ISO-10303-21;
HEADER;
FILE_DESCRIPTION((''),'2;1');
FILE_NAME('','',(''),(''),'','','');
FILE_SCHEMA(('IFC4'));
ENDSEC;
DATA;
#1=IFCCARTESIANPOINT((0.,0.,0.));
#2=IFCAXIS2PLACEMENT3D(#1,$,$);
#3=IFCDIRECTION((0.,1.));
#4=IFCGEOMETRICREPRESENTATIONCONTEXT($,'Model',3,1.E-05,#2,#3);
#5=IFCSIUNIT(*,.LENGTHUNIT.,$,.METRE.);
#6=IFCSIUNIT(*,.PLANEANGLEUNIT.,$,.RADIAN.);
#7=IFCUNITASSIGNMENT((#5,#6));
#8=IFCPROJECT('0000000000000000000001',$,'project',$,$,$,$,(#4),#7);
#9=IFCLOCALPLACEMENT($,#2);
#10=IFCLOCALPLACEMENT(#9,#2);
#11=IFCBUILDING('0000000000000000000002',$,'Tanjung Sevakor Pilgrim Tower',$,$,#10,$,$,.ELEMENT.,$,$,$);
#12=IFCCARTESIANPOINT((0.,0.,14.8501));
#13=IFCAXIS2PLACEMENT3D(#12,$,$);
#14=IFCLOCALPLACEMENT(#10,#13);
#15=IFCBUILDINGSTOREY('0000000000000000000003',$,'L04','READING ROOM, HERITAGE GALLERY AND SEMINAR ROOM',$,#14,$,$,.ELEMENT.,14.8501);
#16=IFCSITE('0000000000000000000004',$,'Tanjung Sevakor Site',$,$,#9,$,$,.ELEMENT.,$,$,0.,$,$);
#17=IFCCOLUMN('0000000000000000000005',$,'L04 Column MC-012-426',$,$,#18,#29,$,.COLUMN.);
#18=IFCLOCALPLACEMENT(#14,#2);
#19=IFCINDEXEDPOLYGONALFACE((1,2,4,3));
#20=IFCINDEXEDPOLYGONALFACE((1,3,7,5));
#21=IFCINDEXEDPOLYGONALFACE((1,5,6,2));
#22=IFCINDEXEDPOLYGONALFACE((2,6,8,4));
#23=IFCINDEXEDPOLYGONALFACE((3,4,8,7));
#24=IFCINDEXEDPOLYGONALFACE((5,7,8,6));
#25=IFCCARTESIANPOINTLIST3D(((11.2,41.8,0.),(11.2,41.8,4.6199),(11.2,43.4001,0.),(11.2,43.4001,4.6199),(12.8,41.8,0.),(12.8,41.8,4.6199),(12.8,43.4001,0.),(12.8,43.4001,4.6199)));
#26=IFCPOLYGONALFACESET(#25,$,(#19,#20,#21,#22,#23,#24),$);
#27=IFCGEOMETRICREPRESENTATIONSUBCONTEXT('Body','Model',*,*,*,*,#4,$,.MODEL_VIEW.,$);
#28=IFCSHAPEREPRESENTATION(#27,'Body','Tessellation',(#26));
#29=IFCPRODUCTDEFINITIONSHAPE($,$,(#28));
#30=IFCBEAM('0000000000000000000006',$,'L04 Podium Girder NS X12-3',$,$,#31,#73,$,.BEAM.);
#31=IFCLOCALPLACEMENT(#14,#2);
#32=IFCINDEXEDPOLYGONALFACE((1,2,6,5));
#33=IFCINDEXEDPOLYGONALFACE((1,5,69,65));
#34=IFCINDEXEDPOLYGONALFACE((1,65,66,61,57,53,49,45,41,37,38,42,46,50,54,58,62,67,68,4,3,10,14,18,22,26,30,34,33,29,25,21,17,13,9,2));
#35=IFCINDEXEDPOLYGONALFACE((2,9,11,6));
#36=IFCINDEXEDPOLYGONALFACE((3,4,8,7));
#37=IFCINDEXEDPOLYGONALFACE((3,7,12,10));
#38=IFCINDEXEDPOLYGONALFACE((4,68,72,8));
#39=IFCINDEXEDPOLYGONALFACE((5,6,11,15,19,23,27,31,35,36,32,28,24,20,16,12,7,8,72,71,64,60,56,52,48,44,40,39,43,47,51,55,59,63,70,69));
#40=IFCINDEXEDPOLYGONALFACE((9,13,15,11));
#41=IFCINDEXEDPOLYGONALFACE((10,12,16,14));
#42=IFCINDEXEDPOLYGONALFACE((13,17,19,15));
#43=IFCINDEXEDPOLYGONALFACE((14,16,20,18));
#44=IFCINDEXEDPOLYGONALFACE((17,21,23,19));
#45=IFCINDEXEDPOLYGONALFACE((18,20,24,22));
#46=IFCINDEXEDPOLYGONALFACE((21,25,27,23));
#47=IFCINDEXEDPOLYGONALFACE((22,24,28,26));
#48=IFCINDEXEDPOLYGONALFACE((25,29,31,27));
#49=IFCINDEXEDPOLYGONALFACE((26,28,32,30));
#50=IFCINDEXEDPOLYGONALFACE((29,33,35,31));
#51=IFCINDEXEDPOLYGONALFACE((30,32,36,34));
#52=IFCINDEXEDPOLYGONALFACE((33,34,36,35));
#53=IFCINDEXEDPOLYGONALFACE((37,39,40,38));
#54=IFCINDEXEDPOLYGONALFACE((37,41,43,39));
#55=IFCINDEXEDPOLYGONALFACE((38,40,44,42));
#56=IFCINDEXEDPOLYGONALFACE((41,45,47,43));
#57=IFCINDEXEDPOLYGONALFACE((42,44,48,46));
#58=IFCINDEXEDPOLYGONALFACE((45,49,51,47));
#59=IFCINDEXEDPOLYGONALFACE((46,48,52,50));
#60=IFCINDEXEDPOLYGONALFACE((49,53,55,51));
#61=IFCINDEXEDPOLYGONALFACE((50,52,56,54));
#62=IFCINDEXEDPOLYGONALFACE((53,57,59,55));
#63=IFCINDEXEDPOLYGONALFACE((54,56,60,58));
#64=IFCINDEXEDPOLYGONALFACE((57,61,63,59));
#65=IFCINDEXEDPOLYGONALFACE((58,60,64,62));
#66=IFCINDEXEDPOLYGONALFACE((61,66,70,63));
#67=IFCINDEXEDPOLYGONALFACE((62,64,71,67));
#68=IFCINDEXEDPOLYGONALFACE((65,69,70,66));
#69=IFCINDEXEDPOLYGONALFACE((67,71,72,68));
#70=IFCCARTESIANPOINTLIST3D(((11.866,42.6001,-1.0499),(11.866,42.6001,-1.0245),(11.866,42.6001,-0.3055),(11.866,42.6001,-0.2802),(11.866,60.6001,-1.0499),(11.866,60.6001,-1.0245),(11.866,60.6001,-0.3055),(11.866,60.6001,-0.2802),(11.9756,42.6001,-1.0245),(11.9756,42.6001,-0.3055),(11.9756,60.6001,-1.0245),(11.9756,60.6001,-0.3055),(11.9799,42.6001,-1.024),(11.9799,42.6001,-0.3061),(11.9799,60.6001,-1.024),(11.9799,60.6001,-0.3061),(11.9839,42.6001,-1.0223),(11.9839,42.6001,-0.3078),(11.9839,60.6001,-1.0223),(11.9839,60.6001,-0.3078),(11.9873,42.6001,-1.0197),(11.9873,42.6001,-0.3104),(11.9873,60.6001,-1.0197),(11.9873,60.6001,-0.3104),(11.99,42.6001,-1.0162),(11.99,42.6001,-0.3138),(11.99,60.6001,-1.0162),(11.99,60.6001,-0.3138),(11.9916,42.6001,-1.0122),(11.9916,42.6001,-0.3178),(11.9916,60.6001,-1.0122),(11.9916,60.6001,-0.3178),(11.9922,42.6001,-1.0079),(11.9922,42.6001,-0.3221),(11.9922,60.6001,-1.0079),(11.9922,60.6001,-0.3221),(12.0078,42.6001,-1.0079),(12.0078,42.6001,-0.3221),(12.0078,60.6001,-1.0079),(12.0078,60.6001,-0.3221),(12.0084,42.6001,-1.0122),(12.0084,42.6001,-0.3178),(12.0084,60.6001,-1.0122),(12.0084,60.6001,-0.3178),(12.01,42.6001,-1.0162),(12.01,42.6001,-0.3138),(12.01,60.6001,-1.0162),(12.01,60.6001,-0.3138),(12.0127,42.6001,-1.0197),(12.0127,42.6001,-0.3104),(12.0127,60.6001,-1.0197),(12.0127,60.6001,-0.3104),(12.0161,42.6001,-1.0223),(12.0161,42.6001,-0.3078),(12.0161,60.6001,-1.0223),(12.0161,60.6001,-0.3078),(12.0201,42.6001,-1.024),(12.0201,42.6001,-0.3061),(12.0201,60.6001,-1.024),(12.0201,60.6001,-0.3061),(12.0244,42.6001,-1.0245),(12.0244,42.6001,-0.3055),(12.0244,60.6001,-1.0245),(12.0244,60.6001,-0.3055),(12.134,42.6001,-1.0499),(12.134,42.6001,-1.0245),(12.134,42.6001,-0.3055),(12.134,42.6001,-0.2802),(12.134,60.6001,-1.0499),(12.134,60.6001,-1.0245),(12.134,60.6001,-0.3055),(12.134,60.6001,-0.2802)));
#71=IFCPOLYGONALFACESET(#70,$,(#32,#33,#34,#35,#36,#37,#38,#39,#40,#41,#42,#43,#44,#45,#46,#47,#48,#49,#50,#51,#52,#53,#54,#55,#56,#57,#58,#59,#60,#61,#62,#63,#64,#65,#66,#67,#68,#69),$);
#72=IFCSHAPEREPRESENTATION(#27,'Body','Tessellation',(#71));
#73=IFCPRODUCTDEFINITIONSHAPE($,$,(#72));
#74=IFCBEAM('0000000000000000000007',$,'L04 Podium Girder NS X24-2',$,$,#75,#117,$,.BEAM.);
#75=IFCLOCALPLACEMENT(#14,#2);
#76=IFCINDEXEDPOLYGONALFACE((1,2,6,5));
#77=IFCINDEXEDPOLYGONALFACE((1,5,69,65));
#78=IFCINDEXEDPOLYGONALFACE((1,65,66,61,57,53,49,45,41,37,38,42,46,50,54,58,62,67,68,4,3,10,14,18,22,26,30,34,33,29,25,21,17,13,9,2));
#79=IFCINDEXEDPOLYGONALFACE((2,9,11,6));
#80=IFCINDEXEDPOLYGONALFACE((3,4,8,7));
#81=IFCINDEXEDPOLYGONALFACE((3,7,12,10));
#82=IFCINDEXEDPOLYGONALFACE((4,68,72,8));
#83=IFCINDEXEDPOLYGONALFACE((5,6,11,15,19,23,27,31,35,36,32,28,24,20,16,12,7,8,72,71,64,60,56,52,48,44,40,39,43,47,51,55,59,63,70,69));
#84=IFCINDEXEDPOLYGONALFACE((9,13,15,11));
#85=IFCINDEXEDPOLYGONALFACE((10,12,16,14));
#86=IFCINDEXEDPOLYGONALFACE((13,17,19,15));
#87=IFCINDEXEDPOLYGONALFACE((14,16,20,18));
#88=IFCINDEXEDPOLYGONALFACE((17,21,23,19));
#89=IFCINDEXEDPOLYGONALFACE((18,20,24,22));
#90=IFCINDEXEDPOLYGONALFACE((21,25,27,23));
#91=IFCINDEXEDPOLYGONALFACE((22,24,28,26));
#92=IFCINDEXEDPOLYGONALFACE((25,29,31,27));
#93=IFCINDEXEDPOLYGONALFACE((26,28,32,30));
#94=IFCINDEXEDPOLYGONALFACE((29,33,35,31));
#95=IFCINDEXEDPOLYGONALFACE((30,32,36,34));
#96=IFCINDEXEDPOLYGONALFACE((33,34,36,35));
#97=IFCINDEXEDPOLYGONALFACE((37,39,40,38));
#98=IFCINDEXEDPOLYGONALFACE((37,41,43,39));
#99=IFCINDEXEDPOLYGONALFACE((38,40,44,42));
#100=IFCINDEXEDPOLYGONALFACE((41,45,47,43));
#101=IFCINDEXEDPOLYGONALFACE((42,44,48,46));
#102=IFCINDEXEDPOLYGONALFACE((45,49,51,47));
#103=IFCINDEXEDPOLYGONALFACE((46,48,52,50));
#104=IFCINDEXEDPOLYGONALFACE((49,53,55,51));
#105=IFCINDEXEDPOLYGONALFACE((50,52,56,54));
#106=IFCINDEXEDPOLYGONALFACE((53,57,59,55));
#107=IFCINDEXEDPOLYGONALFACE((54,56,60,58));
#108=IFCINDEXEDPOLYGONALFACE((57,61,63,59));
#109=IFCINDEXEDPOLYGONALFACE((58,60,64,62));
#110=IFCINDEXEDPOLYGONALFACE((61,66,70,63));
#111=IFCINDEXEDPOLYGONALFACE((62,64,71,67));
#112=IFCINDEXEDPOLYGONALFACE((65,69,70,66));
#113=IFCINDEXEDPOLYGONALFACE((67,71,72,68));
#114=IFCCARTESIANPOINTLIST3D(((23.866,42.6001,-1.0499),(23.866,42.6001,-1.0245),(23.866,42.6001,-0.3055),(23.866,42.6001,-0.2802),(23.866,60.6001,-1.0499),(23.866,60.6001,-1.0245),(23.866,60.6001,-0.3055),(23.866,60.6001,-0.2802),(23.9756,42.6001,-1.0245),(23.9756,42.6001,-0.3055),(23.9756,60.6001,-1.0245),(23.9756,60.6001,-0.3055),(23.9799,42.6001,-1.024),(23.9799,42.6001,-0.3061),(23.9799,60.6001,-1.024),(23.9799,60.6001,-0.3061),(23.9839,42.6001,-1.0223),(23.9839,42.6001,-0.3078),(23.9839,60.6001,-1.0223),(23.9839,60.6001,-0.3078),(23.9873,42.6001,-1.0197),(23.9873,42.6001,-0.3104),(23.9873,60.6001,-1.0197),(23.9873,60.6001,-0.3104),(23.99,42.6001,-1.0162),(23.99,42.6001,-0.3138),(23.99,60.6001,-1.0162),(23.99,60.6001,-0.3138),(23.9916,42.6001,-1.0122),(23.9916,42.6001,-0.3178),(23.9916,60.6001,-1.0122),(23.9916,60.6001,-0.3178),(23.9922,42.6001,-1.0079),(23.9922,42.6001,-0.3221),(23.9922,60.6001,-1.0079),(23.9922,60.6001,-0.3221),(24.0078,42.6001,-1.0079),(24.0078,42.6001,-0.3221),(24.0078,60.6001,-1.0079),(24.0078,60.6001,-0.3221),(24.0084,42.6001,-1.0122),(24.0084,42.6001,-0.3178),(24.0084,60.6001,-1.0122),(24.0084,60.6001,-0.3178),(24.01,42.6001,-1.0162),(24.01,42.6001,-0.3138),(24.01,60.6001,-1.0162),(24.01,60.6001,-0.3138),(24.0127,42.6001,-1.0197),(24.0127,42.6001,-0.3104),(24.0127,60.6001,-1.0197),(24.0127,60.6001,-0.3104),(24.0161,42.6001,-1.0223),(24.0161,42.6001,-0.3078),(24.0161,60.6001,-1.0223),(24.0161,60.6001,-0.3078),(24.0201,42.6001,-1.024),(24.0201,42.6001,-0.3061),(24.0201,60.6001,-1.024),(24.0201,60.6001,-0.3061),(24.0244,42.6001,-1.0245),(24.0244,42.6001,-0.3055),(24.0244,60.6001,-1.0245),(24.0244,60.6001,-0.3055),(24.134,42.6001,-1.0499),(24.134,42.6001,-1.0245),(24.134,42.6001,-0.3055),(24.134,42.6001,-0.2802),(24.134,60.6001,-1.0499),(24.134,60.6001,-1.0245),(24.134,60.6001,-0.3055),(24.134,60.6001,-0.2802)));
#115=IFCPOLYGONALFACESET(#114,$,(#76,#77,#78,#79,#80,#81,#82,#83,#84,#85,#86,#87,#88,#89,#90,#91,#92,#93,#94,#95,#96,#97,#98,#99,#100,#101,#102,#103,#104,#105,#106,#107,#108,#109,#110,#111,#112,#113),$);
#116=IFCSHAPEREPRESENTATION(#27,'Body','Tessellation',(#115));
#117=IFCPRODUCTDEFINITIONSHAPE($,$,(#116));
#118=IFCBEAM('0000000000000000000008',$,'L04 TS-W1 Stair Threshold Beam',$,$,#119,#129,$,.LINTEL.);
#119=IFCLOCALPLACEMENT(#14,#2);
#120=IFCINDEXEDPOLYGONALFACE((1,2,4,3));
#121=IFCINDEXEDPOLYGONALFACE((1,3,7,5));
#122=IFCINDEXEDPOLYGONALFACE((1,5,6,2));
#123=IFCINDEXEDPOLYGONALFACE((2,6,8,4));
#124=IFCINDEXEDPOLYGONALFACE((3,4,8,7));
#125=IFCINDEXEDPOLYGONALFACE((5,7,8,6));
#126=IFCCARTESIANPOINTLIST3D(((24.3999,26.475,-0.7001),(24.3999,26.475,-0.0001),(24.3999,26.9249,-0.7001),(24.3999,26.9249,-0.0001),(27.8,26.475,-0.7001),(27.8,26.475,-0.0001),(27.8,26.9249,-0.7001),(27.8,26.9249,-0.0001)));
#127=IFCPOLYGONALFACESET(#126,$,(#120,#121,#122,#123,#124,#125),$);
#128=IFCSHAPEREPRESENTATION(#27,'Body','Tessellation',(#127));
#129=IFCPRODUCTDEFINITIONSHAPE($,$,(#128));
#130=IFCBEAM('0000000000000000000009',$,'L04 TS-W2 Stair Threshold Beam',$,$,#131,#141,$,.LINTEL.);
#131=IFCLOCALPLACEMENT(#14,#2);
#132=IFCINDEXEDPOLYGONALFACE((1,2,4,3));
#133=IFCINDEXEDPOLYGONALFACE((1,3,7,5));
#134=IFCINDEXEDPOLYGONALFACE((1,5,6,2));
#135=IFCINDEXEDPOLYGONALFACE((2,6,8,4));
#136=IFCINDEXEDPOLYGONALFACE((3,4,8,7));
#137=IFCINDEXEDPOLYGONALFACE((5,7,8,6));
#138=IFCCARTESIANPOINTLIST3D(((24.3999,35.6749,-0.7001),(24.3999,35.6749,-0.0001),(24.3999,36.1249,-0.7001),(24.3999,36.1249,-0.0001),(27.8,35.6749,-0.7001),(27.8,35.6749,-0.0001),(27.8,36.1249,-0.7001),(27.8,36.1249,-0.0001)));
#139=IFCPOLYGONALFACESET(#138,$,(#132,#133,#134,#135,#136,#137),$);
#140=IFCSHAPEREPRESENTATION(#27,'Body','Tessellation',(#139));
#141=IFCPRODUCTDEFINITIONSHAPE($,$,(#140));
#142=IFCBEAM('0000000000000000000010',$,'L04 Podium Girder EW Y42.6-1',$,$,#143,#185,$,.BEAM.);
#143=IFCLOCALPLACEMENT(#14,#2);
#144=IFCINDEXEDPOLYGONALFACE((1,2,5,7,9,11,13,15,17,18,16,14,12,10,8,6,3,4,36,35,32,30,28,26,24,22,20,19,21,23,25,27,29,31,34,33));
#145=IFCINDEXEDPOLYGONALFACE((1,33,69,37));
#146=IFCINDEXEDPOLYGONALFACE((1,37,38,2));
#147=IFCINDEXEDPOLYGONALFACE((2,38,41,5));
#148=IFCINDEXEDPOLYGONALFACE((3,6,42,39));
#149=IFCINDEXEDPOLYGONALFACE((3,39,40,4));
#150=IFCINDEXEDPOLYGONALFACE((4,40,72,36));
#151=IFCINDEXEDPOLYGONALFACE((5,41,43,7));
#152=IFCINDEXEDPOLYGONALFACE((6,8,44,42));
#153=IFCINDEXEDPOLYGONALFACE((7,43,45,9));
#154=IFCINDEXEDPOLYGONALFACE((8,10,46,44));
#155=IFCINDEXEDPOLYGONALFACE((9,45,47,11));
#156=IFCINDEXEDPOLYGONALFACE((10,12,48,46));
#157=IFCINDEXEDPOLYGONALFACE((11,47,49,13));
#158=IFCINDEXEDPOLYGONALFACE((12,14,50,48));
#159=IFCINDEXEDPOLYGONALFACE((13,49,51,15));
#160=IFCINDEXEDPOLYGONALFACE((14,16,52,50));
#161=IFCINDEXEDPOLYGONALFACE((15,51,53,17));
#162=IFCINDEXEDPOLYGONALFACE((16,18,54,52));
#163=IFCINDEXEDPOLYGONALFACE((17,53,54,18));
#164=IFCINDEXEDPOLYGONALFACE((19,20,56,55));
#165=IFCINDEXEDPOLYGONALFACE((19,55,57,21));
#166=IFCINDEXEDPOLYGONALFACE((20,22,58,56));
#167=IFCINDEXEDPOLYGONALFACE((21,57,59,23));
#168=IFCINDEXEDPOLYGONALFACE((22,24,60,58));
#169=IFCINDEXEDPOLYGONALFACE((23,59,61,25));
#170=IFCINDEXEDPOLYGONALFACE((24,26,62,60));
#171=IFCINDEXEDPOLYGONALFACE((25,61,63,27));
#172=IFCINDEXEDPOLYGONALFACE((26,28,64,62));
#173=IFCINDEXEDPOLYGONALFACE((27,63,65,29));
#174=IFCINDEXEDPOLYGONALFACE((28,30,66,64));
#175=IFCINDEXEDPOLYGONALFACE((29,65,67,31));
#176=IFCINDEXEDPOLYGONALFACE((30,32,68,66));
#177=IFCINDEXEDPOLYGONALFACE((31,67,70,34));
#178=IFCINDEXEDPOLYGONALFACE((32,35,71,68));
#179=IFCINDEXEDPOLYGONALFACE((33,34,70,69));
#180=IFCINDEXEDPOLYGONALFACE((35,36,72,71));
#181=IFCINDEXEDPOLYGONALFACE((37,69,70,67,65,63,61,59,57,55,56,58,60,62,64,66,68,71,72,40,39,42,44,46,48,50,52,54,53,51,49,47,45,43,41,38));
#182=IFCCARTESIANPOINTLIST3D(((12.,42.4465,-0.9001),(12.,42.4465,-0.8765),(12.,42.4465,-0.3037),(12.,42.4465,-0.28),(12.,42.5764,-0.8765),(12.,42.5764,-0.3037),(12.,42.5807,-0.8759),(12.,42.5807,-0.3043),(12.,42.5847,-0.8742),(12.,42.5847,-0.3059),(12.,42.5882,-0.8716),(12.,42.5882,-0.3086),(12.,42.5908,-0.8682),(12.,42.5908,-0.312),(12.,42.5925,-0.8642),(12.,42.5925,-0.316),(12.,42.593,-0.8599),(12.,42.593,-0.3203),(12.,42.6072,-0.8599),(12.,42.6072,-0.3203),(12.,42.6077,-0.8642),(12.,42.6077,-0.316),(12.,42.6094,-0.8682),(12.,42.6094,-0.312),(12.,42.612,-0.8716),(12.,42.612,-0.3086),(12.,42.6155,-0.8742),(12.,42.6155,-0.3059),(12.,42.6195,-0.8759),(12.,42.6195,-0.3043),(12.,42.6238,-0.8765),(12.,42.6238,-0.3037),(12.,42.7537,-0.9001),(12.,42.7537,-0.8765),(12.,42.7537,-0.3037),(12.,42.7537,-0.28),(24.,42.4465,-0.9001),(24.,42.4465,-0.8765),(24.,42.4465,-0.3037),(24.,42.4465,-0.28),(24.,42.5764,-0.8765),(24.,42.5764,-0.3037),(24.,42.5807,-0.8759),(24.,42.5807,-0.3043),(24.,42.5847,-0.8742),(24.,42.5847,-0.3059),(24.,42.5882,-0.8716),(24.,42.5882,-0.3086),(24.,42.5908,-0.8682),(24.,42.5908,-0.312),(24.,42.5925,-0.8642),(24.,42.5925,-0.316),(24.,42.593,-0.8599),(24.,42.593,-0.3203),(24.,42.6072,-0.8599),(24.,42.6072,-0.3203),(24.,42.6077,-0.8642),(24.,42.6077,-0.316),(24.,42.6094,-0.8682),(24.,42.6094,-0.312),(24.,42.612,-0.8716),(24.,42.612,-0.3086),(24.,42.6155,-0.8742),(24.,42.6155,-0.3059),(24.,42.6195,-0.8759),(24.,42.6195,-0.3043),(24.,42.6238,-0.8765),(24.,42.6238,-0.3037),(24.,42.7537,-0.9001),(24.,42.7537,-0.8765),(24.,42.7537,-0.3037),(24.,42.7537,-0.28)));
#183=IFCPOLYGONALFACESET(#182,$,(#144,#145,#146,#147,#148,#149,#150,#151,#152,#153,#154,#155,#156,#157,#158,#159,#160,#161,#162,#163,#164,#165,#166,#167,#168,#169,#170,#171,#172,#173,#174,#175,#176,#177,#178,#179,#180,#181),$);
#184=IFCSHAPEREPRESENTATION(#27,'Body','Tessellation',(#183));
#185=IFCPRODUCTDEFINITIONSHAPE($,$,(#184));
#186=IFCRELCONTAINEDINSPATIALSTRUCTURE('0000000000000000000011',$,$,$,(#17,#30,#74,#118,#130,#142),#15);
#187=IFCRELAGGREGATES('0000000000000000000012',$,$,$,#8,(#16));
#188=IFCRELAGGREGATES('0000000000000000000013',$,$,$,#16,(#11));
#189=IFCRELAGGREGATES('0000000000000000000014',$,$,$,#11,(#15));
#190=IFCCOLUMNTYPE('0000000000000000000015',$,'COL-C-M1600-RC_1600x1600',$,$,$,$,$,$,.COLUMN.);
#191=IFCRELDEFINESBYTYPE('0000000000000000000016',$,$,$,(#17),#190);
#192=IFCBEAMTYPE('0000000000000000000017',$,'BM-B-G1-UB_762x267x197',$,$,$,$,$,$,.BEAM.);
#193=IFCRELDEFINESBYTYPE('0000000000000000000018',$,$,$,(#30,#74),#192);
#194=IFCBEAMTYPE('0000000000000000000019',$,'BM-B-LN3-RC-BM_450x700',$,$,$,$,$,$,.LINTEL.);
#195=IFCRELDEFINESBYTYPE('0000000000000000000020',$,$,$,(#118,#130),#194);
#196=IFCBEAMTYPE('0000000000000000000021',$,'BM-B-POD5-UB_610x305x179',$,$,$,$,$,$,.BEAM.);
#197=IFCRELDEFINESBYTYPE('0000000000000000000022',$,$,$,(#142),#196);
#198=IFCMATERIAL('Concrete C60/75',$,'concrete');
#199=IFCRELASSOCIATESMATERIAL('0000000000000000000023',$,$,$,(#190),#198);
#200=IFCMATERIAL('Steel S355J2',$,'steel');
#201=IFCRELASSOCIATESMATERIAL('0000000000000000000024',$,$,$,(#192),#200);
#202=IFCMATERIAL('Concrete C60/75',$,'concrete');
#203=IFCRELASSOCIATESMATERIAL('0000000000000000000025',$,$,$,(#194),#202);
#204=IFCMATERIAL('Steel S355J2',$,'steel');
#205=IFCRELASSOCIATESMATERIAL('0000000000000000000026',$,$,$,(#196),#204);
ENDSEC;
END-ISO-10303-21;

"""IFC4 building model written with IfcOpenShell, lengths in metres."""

from ifc_helpers import new_model, si_unit, direction, frame, origin, origin_2d, place, context, subcontext, project, spatial, rectangle, i_section, extrude, material, material_profile, profile_set, type_object, element, save


model = new_model("IFC4")

# Units and contexts
model_context = context("Model", 3, precision=1e-05, world=origin(), true_north=direction((0.0, 1.0)))
body_context = subcontext(model_context, "Body", "Model", "MODEL_VIEW")
ifc_project = project(units=[si_unit("LENGTHUNIT", "METRE"), si_unit("PLANEANGLEUNIT", "RADIAN")], contexts=[model_context])

# Site, building, storey
site_placement = place(None, origin())
site = spatial("IfcSite", under=ifc_project, at=site_placement, Name="Tanjung Sevakor Site", CompositionType="ELEMENT", RefElevation=0.0)
building_placement = place(site_placement, origin())
building = spatial("IfcBuilding", under=site, at=building_placement, Name="Tanjung Sevakor Pilgrim Tower", CompositionType="ELEMENT")
storey_placement = place(building_placement, frame((0.0, 0.0, 14.8501)))
storey = spatial("IfcBuildingStorey", under=building, at=storey_placement, Name="L04", Description="READING ROOM, HERITAGE GALLERY AND SEMINAR ROOM", CompositionType="ELEMENT", Elevation=14.8501)

# Column
ifc_material_1 = material(Name="Concrete C60/75", Category="concrete")
ifc_material_profile_1 = material_profile(ifc_material_1, rectangle(XDim=1.6001, YDim=1.6001, at=origin_2d()))
ifc_profile_set_1 = profile_set([ifc_material_profile_1], Name="Concrete C60/75")
column_type = type_object("IfcColumnType", Name="COL-C-M1600-RC_1600x1600", PredefinedType="COLUMN", material=ifc_profile_set_1)
column_placement = place(storey_placement, frame((12.0, 42.6001, 0.0), z_axis=(0.0, 0.0, 1.0), x_axis=(1.0, 0.0, 0.0)))
element("IfcColumn", 1, at=column_placement, inside=storey, type_object=column_type, Name="L04 Column MC-012-426", PredefinedType="COLUMN", context=body_context, shape_type="SweptSolid", body=[
    extrude(rectangle(XDim=1.6001, YDim=1.6001, at=origin_2d()), origin(), (0.0, 0.0, 1.0), 4.6199),
])

# Beams
ifc_material_2 = material(Name="Steel S355J2", Category="steel")
ifc_material_profile_2 = material_profile(ifc_material_2, i_section(OverallWidth=0.2681, OverallDepth=0.7698, WebThickness=0.0156, FlangeThickness=0.0254, FilletRadius=0.0166, at=origin_2d()))
ifc_profile_set_2 = profile_set([ifc_material_profile_2], Name="Steel S355J2")
beam_type_1 = type_object("IfcBeamType", Name="BM-B-G1-UB_762x267x197", PredefinedType="BEAM", material=ifc_profile_set_2)
for number, where, z_axis, x_axis, name in (
    (2, (12.0, 42.6001, -0.665), (0.0, 1.0, 0.0), (-1.0, 0.0, 0.0), "L04 Podium Girder NS X12-3"),
    (3, (24.0, 42.6001, -0.665), (0.0, 1.0, 0.0), (-1.0, 0.0, 0.0), "L04 Podium Girder NS X24-2"),
):
    element("IfcBeam", number, at=place(storey_placement, frame(where, z_axis=z_axis, x_axis=x_axis)), inside=storey, type_object=beam_type_1, Name=name, PredefinedType="BEAM", context=body_context, shape_type="SweptSolid", body=[
        extrude(i_section(OverallWidth=0.2681, OverallDepth=0.7698, WebThickness=0.0156, FlangeThickness=0.0254, FilletRadius=0.0166, at=origin_2d()), origin(), (0.0, 0.0, 1.0), 18.0),
    ])
ifc_material_3 = material(Name="Concrete C60/75", Category="concrete")
ifc_material_profile_3 = material_profile(ifc_material_3, rectangle(XDim=0.45, YDim=0.7, at=origin_2d()))
ifc_profile_set_3 = profile_set([ifc_material_profile_3], Name="Concrete C60/75")
beam_type_2 = type_object("IfcBeamType", Name="BM-B-LN3-RC-BM_450x700", PredefinedType="LINTEL", material=ifc_profile_set_3)
for number, where, z_axis, x_axis, name in (
    (4, (24.3999, 26.7, -0.3501), (1.0, 0.0, 0.0), (0.0, 1.0, 0.0), "L04 TS-W1 Stair Threshold Beam"),
    (5, (24.3999, 35.8999, -0.3501), (1.0, 0.0, 0.0), (0.0, 1.0, 0.0), "L04 TS-W2 Stair Threshold Beam"),
):
    element("IfcBeam", number, at=place(storey_placement, frame(where, z_axis=z_axis, x_axis=x_axis)), inside=storey, type_object=beam_type_2, Name=name, PredefinedType="LINTEL", context=body_context, shape_type="SweptSolid", body=[
        extrude(rectangle(XDim=0.45, YDim=0.7, at=origin_2d()), origin(), (0.0, 0.0, 1.0), 3.4001),
    ])
ifc_material_4 = material(Name="Steel S355J2", Category="steel")
ifc_material_profile_4 = material_profile(ifc_material_4, i_section(OverallWidth=0.3071, OverallDepth=0.6201, WebThickness=0.0142, FlangeThickness=0.0237, FilletRadius=0.0166, at=origin_2d()))
ifc_profile_set_4 = profile_set([ifc_material_profile_4], Name="Steel S355J2")
beam_type_3 = type_object("IfcBeamType", Name="BM-B-POD5-UB_610x305x179", PredefinedType="BEAM", material=ifc_profile_set_4)
beam_placement = place(storey_placement, frame((12.0, 42.6001, -0.5901), z_axis=(1.0, 0.0, 0.0), x_axis=(0.0, 1.0, 0.0)))
element("IfcBeam", 6, at=beam_placement, inside=storey, type_object=beam_type_3, Name="L04 Podium Girder EW Y42.6-1", PredefinedType="BEAM", context=body_context, shape_type="SweptSolid", body=[
    extrude(i_section(OverallWidth=0.3071, OverallDepth=0.6201, WebThickness=0.0142, FlangeThickness=0.0237, FilletRadius=0.0166, at=origin_2d()), origin(), (0.0, 0.0, 1.0), 12.0),
])

save(model, "model.ifc")
